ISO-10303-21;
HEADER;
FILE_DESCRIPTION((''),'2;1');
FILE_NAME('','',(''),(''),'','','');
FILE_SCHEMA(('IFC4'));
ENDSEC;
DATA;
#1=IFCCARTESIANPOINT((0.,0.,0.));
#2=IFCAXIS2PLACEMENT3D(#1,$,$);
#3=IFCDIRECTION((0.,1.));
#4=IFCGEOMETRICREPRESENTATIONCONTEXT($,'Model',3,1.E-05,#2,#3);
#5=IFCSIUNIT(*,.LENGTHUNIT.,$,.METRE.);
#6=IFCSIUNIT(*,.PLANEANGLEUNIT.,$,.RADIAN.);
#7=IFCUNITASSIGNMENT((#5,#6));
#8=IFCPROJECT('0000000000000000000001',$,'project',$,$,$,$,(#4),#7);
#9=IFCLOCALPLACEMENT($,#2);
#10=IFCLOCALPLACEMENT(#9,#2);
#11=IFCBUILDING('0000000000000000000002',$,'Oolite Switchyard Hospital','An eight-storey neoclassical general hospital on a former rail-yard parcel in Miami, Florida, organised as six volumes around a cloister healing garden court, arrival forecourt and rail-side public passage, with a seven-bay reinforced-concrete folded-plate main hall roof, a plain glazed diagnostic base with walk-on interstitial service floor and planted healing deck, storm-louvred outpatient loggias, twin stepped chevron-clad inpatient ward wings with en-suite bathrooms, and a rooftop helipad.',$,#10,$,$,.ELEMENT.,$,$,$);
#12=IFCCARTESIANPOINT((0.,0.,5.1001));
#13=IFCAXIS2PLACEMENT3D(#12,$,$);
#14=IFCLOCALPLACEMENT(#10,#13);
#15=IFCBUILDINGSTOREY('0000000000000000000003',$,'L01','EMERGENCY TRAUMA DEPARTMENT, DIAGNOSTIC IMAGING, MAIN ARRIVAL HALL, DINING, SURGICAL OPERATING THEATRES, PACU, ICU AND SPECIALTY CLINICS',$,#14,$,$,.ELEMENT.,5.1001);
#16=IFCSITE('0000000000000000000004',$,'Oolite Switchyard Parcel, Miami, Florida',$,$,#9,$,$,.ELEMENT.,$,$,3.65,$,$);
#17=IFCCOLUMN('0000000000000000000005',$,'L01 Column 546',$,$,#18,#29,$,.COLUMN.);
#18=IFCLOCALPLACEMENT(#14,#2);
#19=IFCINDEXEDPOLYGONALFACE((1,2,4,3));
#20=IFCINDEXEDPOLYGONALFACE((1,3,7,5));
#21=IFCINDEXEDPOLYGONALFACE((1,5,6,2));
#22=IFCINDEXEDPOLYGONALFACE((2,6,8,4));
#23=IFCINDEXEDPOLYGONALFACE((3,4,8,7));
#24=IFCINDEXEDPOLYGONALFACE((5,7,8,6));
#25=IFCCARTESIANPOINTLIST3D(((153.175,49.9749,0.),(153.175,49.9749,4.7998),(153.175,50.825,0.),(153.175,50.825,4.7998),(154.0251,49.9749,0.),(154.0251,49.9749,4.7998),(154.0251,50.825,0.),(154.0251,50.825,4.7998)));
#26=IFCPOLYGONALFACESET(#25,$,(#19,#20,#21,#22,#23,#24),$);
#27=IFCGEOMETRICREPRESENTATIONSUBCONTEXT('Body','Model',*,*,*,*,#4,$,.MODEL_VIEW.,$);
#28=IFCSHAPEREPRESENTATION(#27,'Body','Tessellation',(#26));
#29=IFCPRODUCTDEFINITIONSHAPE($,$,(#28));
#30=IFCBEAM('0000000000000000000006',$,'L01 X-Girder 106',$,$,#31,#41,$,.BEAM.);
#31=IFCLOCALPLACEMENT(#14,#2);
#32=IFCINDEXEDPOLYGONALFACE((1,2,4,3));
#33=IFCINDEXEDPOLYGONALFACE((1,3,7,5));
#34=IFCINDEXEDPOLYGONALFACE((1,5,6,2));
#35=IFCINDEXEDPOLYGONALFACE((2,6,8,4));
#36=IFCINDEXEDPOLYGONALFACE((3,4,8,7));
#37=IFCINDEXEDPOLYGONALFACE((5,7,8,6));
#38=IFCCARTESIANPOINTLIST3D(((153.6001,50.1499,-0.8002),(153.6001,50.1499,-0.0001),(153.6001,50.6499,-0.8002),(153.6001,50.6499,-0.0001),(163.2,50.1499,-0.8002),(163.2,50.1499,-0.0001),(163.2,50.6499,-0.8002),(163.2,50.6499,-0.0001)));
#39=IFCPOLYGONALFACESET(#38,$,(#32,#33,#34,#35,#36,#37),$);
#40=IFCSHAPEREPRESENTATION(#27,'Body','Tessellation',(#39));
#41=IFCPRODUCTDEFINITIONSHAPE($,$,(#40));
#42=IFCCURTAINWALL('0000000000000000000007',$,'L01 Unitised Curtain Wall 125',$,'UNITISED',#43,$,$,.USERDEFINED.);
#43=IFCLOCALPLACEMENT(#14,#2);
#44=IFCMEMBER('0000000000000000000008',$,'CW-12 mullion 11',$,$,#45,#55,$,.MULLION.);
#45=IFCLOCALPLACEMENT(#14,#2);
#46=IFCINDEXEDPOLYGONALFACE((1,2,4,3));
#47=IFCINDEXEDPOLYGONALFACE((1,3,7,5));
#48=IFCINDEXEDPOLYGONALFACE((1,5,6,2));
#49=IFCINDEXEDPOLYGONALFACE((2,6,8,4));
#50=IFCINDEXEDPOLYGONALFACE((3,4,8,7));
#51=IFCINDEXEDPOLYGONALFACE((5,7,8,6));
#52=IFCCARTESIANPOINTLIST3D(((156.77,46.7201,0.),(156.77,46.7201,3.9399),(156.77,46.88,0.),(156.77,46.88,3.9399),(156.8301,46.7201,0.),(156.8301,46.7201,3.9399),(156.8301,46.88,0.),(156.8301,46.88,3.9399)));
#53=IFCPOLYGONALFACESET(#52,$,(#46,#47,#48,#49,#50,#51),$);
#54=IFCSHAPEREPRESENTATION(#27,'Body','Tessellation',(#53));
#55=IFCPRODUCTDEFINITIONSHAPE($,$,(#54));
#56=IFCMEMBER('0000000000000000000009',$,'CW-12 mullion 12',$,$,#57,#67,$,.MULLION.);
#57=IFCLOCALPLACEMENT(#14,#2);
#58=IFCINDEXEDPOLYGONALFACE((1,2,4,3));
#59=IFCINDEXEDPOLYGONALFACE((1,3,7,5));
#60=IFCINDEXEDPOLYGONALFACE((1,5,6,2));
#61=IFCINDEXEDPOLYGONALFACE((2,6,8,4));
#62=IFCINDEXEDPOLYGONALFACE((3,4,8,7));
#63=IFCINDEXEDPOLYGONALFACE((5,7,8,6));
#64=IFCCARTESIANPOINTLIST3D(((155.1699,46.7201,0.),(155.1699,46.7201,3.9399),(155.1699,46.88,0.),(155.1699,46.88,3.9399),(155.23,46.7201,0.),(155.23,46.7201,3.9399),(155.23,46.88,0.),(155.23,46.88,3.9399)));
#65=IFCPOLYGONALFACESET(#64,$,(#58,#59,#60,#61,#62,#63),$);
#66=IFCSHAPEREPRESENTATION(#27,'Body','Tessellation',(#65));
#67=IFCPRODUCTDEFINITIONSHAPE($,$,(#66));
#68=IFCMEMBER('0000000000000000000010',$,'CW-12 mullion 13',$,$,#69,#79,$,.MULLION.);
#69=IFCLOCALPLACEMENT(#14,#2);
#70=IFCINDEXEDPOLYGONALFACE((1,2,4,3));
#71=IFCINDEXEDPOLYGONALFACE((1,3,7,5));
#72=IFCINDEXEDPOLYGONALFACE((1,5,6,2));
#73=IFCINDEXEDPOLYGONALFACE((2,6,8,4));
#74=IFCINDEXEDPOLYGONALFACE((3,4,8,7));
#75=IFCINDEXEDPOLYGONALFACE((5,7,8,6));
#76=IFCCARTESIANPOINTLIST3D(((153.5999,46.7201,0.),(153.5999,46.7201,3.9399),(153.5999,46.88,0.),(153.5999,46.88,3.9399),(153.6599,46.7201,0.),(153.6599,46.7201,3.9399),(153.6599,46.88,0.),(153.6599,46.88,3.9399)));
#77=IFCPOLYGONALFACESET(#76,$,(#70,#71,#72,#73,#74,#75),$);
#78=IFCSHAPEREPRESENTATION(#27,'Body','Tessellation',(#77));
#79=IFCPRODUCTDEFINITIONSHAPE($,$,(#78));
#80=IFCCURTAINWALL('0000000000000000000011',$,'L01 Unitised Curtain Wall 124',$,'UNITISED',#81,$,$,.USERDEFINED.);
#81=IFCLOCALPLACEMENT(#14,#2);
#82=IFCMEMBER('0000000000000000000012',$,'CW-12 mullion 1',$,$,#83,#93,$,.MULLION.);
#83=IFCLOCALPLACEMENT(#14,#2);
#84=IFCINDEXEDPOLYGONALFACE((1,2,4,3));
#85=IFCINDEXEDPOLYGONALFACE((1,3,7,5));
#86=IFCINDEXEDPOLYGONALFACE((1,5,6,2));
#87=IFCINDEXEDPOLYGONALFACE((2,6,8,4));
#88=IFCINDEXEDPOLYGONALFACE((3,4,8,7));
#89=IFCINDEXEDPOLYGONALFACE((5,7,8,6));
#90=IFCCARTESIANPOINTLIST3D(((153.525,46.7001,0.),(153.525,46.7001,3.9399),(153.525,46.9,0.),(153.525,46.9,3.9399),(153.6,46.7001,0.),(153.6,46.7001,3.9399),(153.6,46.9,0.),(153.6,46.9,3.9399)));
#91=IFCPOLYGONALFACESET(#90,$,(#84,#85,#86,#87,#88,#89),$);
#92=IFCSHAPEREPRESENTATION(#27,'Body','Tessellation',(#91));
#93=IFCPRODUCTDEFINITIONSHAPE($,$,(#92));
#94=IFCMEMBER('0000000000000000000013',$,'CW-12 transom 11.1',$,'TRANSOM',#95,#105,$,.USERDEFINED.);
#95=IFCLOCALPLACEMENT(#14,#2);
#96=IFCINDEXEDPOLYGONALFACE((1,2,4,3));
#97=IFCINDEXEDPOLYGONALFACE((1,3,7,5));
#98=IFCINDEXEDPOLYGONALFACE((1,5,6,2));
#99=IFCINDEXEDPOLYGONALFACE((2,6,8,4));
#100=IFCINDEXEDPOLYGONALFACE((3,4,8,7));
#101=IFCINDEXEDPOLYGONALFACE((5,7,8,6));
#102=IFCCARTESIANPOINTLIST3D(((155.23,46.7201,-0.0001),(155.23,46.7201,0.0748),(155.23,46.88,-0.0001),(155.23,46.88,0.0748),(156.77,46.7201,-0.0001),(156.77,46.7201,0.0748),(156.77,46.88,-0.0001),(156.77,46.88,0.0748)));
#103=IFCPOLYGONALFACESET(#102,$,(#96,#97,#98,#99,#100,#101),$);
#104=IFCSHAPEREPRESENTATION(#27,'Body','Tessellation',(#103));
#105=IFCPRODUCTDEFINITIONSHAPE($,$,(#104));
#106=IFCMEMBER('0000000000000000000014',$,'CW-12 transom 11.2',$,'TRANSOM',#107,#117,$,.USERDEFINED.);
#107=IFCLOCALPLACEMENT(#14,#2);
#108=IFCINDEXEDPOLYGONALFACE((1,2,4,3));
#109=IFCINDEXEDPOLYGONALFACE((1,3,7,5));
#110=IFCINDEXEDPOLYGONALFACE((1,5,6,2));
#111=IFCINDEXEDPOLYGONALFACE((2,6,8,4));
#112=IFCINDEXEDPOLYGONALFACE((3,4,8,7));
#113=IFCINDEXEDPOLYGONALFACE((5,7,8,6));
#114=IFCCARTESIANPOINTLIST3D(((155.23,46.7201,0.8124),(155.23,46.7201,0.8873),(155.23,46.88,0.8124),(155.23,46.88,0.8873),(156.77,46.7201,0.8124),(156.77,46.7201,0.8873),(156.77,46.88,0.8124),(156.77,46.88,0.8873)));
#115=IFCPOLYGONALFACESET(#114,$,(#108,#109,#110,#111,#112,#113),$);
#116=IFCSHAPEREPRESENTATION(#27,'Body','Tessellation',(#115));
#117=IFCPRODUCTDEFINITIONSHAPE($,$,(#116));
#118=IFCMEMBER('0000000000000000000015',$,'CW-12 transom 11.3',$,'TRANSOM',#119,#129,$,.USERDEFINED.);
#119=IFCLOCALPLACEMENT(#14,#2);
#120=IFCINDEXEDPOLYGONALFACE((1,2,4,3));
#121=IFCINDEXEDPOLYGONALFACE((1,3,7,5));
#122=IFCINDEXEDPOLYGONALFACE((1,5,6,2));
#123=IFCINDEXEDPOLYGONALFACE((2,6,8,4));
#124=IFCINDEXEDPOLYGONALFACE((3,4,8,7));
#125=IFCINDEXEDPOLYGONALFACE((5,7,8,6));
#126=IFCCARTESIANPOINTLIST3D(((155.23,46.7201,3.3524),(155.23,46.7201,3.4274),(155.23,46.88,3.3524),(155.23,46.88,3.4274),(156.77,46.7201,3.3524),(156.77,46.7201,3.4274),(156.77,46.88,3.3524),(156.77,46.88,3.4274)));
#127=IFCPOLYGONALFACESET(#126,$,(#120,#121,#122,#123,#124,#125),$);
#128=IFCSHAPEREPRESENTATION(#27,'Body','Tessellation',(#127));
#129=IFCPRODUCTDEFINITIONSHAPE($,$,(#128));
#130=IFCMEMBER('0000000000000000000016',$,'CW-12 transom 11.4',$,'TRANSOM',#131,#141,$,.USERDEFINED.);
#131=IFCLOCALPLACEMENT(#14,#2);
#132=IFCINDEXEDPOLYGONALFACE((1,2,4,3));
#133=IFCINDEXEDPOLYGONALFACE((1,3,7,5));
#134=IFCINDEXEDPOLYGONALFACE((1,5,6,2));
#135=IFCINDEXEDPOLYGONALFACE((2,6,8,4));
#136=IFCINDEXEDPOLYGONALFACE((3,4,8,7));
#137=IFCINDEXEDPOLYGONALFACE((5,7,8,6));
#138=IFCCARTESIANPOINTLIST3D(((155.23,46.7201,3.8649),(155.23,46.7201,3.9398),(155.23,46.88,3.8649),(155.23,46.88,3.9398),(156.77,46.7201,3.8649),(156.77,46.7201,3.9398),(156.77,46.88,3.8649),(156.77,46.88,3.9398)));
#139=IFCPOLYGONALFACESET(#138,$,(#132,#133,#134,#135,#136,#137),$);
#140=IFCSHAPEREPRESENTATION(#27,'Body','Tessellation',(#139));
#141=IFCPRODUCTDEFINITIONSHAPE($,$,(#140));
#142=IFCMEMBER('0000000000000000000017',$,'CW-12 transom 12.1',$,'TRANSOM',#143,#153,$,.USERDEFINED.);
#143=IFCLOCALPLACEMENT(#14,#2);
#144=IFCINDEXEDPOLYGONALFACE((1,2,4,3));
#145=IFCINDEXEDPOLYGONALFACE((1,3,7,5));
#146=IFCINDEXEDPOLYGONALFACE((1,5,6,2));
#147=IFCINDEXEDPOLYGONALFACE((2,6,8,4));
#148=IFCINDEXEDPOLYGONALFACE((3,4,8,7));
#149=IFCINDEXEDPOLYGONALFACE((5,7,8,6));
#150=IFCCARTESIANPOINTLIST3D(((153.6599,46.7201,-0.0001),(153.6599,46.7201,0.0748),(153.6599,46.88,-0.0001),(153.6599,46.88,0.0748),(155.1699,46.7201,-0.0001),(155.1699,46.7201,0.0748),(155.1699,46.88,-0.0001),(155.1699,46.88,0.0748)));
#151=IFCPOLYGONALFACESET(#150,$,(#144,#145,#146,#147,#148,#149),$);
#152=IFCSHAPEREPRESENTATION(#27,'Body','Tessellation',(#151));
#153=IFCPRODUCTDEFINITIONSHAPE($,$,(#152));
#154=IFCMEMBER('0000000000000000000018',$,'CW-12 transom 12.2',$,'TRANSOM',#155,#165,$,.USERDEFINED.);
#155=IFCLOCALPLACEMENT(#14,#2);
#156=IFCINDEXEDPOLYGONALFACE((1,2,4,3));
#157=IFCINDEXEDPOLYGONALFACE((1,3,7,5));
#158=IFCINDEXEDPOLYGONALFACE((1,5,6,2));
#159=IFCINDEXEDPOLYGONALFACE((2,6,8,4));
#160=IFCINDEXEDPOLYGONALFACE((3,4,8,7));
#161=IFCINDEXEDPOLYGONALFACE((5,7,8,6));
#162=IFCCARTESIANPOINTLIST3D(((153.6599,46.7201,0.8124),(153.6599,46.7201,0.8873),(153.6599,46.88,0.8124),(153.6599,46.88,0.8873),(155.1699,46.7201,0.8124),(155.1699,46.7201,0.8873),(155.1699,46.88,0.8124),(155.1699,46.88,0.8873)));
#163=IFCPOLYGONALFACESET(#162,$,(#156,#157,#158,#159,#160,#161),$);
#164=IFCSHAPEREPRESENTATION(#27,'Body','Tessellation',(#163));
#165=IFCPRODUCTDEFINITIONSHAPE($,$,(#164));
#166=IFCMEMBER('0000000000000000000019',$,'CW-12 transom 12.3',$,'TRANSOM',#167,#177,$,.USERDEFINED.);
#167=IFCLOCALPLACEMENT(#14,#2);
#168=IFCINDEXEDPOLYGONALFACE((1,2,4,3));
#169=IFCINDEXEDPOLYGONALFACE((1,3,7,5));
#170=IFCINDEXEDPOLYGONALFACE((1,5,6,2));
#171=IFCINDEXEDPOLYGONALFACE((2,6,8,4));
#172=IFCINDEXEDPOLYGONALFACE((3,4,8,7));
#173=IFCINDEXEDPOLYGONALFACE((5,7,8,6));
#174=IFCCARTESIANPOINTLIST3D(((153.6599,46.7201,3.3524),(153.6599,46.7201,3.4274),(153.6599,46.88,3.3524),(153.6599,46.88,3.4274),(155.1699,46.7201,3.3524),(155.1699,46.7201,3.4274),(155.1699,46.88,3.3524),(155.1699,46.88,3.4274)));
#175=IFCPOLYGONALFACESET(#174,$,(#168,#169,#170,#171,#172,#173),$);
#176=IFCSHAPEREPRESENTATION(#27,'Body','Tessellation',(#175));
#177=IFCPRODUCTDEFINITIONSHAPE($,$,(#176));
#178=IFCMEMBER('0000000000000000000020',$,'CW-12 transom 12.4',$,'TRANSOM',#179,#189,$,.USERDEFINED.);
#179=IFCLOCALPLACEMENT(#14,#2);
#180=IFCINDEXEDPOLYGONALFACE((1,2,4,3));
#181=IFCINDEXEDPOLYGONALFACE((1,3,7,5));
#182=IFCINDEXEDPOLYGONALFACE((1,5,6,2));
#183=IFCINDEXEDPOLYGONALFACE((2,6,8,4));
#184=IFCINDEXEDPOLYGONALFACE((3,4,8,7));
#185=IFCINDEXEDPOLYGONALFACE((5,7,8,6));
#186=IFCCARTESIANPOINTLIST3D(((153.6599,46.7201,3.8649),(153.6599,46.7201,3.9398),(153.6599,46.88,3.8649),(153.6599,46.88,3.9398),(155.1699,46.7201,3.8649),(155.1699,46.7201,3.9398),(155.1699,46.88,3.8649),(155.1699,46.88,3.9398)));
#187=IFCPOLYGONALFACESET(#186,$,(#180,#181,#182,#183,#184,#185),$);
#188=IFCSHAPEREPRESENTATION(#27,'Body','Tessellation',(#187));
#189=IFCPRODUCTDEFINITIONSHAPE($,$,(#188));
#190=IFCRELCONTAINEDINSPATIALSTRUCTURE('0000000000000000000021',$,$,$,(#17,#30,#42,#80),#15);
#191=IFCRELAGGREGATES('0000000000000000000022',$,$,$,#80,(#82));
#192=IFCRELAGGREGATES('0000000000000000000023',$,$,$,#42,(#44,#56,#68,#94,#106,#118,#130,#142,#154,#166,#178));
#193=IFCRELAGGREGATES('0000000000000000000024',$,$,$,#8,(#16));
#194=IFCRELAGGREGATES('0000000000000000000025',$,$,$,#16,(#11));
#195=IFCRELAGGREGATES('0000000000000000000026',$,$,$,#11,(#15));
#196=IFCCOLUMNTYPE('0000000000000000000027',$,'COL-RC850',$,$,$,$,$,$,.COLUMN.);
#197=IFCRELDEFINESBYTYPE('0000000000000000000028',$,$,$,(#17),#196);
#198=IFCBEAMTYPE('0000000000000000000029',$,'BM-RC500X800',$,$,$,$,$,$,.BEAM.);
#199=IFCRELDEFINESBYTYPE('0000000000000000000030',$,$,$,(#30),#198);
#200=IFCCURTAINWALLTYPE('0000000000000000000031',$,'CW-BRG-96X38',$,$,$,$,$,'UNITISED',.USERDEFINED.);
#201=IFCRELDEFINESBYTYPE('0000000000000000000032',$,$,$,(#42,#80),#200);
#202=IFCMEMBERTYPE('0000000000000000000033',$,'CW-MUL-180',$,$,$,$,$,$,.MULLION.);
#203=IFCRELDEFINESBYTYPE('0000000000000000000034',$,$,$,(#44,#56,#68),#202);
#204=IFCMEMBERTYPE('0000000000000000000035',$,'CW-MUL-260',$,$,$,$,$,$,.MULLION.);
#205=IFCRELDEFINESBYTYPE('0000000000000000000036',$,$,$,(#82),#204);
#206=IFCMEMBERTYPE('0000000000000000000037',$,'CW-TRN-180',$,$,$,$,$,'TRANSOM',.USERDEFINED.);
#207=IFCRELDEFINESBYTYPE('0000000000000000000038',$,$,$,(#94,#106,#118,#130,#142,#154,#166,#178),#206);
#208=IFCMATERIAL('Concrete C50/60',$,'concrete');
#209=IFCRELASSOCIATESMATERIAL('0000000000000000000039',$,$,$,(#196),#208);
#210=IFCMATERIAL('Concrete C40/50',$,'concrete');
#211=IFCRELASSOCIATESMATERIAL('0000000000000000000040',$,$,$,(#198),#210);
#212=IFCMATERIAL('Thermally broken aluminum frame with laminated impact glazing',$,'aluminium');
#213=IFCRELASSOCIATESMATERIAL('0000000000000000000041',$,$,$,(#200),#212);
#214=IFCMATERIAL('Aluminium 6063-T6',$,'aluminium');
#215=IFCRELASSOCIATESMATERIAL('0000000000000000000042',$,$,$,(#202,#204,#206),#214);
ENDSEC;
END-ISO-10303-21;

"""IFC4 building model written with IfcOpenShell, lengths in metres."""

from ifc_helpers import new_model, si_unit, direction, frame, origin, origin_2d, place, context, subcontext, project, spatial, rectangle, extrude, material, material_profile, profile_set, type_object, element, aggregate, save


model = new_model("IFC4")

# Units and contexts
model_context = context("Model", 3, precision=1e-05, world=origin(), true_north=direction((0.0, 1.0)))
body_context = subcontext(model_context, "Body", "Model", "MODEL_VIEW")
ifc_project = project(units=[si_unit("LENGTHUNIT", "METRE"), si_unit("PLANEANGLEUNIT", "RADIAN")], contexts=[model_context])

# Site, building, storey
site_placement = place(None, origin())
site = spatial("IfcSite", under=ifc_project, at=site_placement, Name="Oolite Switchyard Parcel, Miami, Florida", CompositionType="ELEMENT", RefElevation=3.65)
building_placement = place(site_placement, origin())
building = spatial("IfcBuilding", under=site, at=building_placement, Name="Oolite Switchyard Hospital", Description="An eight-storey neoclassical general hospital on a former rail-yard parcel in Miami, Florida, organised as six volumes around a cloister healing garden court, arrival forecourt and rail-side public passage, with a seven-bay reinforced-concrete folded-plate main hall roof, a plain glazed diagnostic base with walk-on interstitial service floor and planted healing deck, storm-louvred outpatient loggias, twin stepped chevron-clad inpatient ward wings with en-suite bathrooms, and a rooftop helipad.", CompositionType="ELEMENT")
storey_placement = place(building_placement, frame((0.0, 0.0, 5.1001)))
storey = spatial("IfcBuildingStorey", under=building, at=storey_placement, Name="L01", Description="EMERGENCY TRAUMA DEPARTMENT, DIAGNOSTIC IMAGING, MAIN ARRIVAL HALL, DINING, SURGICAL OPERATING THEATRES, PACU, ICU AND SPECIALTY CLINICS", CompositionType="ELEMENT", Elevation=5.1001)

# Column
ifc_material_1 = material(Name="Concrete C50/60", Category="concrete")
ifc_material_profile_1 = material_profile(ifc_material_1, rectangle(XDim=0.8501, YDim=0.8501, at=origin_2d()), Name="RC850X850")
ifc_profile_set_1 = profile_set([ifc_material_profile_1], Name="Concrete C50/60")
column_type = type_object("IfcColumnType", Name="COL-RC850", PredefinedType="COLUMN", material=ifc_profile_set_1)
column_placement = place(storey_placement, frame((153.6001, 50.3999, 0.0), z_axis=(0.0, 0.0, 1.0), x_axis=(1.0, 0.0, 0.0)))
element("IfcColumn", 1, at=column_placement, inside=storey, type_object=column_type, Name="L01 Column 546", PredefinedType="COLUMN", context=body_context, shape_type="SweptSolid", body=[
    extrude(rectangle(XDim=0.8501, YDim=0.8501, at=origin_2d()), origin(), (0.0, 0.0, 1.0), 4.7998),
])

# Beam
ifc_material_2 = material(Name="Concrete C40/50", Category="concrete")
ifc_material_profile_2 = material_profile(ifc_material_2, rectangle(XDim=0.5, YDim=0.8, at=origin_2d()), Name="RCB500X800")
ifc_profile_set_2 = profile_set([ifc_material_profile_2], Name="Concrete C40/50")
beam_type = type_object("IfcBeamType", Name="BM-RC500X800", PredefinedType="BEAM", material=ifc_profile_set_2)
beam_placement = place(storey_placement, frame((153.6001, 50.3999, -0.4001), z_axis=(1.0, 0.0, 0.0), x_axis=(0.0, 1.0, 0.0)))
element("IfcBeam", 2, at=beam_placement, inside=storey, type_object=beam_type, Name="L01 X-Girder 106", PredefinedType="BEAM", context=body_context, shape_type="SweptSolid", body=[
    extrude(rectangle(XDim=0.5, YDim=0.8, at=origin_2d()), origin(), (0.0, 0.0, 1.0), 9.5999),
])

# Curtain wall, members
ifc_material_3 = material(Name="Thermally broken aluminum frame with laminated impact glazing", Category="aluminium")
curtain_wall_type = type_object("IfcCurtainWallType", Name="CW-BRG-96X38", ElementType="UNITISED", PredefinedType="USERDEFINED", material=ifc_material_3)
curtain_wall_1_placement = place(storey_placement, origin())
curtain_wall_1 = element("IfcCurtainWall", 3, at=curtain_wall_1_placement, inside=storey, type_object=curtain_wall_type, Name="L01 Unitised Curtain Wall 125", ObjectType="UNITISED", PredefinedType="USERDEFINED")
ifc_material_4 = material(Name="Aluminium 6063-T6", Category="aluminium")
ifc_material_profile_3 = material_profile(ifc_material_4, rectangle(XDim=0.1599, YDim=0.0601, at=origin_2d()), Name="CWM60X160")
ifc_profile_set_3 = profile_set([ifc_material_profile_3], Name="Aluminium 6063-T6")
member_type_1 = type_object("IfcMemberType", Name="CW-MUL-180", PredefinedType="MULLION", material=ifc_profile_set_3)
member_1_placement = place(storey_placement, frame((156.8, 46.8, 0.0), z_axis=(0.0, 0.0, 1.0), x_axis=(0.0, -1.0, 0.0)))
member_1 = element("IfcMember", 4, at=member_1_placement, type_object=member_type_1, Name="CW-12 mullion 11", PredefinedType="MULLION", context=body_context, shape_type="SweptSolid", body=[
    extrude(rectangle(XDim=0.1599, YDim=0.0601, at=origin_2d()), origin(), (0.0, 0.0, 1.0), 3.9399),
])
member_2_placement = place(storey_placement, frame((155.2, 46.8, 0.0), z_axis=(0.0, 0.0, 1.0), x_axis=(0.0, -1.0, 0.0)))
member_2 = element("IfcMember", 5, at=member_2_placement, type_object=member_type_1, Name="CW-12 mullion 12", PredefinedType="MULLION", context=body_context, shape_type="SweptSolid", body=[
    extrude(rectangle(XDim=0.1599, YDim=0.0601, at=origin_2d()), origin(), (0.0, 0.0, 1.0), 3.9399),
])
member_3_placement = place(storey_placement, frame((153.6299, 46.8, 0.0), z_axis=(0.0, 0.0, 1.0), x_axis=(0.0, -1.0, 0.0)))
member_3 = element("IfcMember", 6, at=member_3_placement, type_object=member_type_1, Name="CW-12 mullion 13", PredefinedType="MULLION", context=body_context, shape_type="SweptSolid", body=[
    extrude(rectangle(XDim=0.1599, YDim=0.0601, at=origin_2d()), origin(), (0.0, 0.0, 1.0), 3.9399),
])

# Curtain wall, member
curtain_wall_2_placement = place(storey_placement, origin())
curtain_wall_2 = element("IfcCurtainWall", 7, at=curtain_wall_2_placement, inside=storey, type_object=curtain_wall_type, Name="L01 Unitised Curtain Wall 124", ObjectType="UNITISED", PredefinedType="USERDEFINED")
ifc_material_profile_4 = material_profile(ifc_material_4, rectangle(XDim=0.2, YDim=0.075, at=origin_2d()), Name="CWM75X200")
ifc_profile_set_4 = profile_set([ifc_material_profile_4], Name="Aluminium 6063-T6")
member_type_2 = type_object("IfcMemberType", Name="CW-MUL-260", PredefinedType="MULLION", material=ifc_profile_set_4)
member_4_placement = place(storey_placement, frame((153.5625, 46.8, 0.0), z_axis=(0.0, 0.0, 1.0), x_axis=(0.0, -1.0, 0.0)))
member_4 = element("IfcMember", 8, at=member_4_placement, type_object=member_type_2, Name="CW-12 mullion 1", PredefinedType="MULLION", context=body_context, shape_type="SweptSolid", body=[
    extrude(rectangle(XDim=0.2, YDim=0.075, at=origin_2d()), origin(), (0.0, 0.0, 1.0), 3.9399),
])
aggregate(curtain_wall_2, [member_4])

# Members
ifc_material_profile_5 = material_profile(ifc_material_4, rectangle(XDim=0.1599, YDim=0.075, at=origin_2d()), Name="CWT75X160")
ifc_profile_set_5 = profile_set([ifc_material_profile_5], Name="Aluminium 6063-T6")
member_type_3 = type_object("IfcMemberType", Name="CW-TRN-180", ElementType="TRANSOM", PredefinedType="USERDEFINED", material=ifc_profile_set_5)
member_5_placement = place(storey_placement, frame((156.77, 46.8, 0.0374), z_axis=(-1.0, 0.0, 0.0), x_axis=(0.0, -1.0, 0.0)))
member_5 = element("IfcMember", 9, at=member_5_placement, type_object=member_type_3, Name="CW-12 transom 11.1", ObjectType="TRANSOM", PredefinedType="USERDEFINED", context=body_context, shape_type="SweptSolid", body=[
    extrude(rectangle(XDim=0.1599, YDim=0.075, at=origin_2d()), origin(), (0.0, 0.0, 1.0), 1.54),
])
member_6_placement = place(storey_placement, frame((156.77, 46.8, 0.8499), z_axis=(-1.0, 0.0, 0.0), x_axis=(0.0, -1.0, 0.0)))
member_6 = element("IfcMember", 10, at=member_6_placement, type_object=member_type_3, Name="CW-12 transom 11.2", ObjectType="TRANSOM", PredefinedType="USERDEFINED", context=body_context, shape_type="SweptSolid", body=[
    extrude(rectangle(XDim=0.1599, YDim=0.075, at=origin_2d()), origin(), (0.0, 0.0, 1.0), 1.54),
])
member_7_placement = place(storey_placement, frame((156.77, 46.8, 3.3899), z_axis=(-1.0, 0.0, 0.0), x_axis=(0.0, -1.0, 0.0)))
member_7 = element("IfcMember", 11, at=member_7_placement, type_object=member_type_3, Name="CW-12 transom 11.3", ObjectType="TRANSOM", PredefinedType="USERDEFINED", context=body_context, shape_type="SweptSolid", body=[
    extrude(rectangle(XDim=0.1599, YDim=0.075, at=origin_2d()), origin(), (0.0, 0.0, 1.0), 1.54),
])
member_8_placement = place(storey_placement, frame((156.77, 46.8, 3.9023), z_axis=(-1.0, 0.0, 0.0), x_axis=(0.0, -1.0, 0.0)))
member_8 = element("IfcMember", 12, at=member_8_placement, type_object=member_type_3, Name="CW-12 transom 11.4", ObjectType="TRANSOM", PredefinedType="USERDEFINED", context=body_context, shape_type="SweptSolid", body=[
    extrude(rectangle(XDim=0.1599, YDim=0.075, at=origin_2d()), origin(), (0.0, 0.0, 1.0), 1.54),
])
member_9_placement = place(storey_placement, frame((155.1699, 46.8, 0.0374), z_axis=(-1.0, 0.0, 0.0), x_axis=(0.0, -1.0, 0.0)))
member_9 = element("IfcMember", 13, at=member_9_placement, type_object=member_type_3, Name="CW-12 transom 12.1", ObjectType="TRANSOM", PredefinedType="USERDEFINED", context=body_context, shape_type="SweptSolid", body=[
    extrude(rectangle(XDim=0.1599, YDim=0.075, at=origin_2d()), origin(), (0.0, 0.0, 1.0), 1.51),
])
member_10_placement = place(storey_placement, frame((155.1699, 46.8, 0.8499), z_axis=(-1.0, 0.0, 0.0), x_axis=(0.0, -1.0, 0.0)))
member_10 = element("IfcMember", 14, at=member_10_placement, type_object=member_type_3, Name="CW-12 transom 12.2", ObjectType="TRANSOM", PredefinedType="USERDEFINED", context=body_context, shape_type="SweptSolid", body=[
    extrude(rectangle(XDim=0.1599, YDim=0.075, at=origin_2d()), origin(), (0.0, 0.0, 1.0), 1.51),
])
member_11_placement = place(storey_placement, frame((155.1699, 46.8, 3.3899), z_axis=(-1.0, 0.0, 0.0), x_axis=(0.0, -1.0, 0.0)))
member_11 = element("IfcMember", 15, at=member_11_placement, type_object=member_type_3, Name="CW-12 transom 12.3", ObjectType="TRANSOM", PredefinedType="USERDEFINED", context=body_context, shape_type="SweptSolid", body=[
    extrude(rectangle(XDim=0.1599, YDim=0.075, at=origin_2d()), origin(), (0.0, 0.0, 1.0), 1.51),
])
member_12_placement = place(storey_placement, frame((155.1699, 46.8, 3.9023), z_axis=(-1.0, 0.0, 0.0), x_axis=(0.0, -1.0, 0.0)))
member_12 = element("IfcMember", 16, at=member_12_placement, type_object=member_type_3, Name="CW-12 transom 12.4", ObjectType="TRANSOM", PredefinedType="USERDEFINED", context=body_context, shape_type="SweptSolid", body=[
    extrude(rectangle(XDim=0.1599, YDim=0.075, at=origin_2d()), origin(), (0.0, 0.0, 1.0), 1.51),
])

aggregate(curtain_wall_1, [member_1, member_2, member_3, member_5, member_6, member_7, member_8, member_9, member_10, member_11, member_12])

save(model, "model.ifc")
